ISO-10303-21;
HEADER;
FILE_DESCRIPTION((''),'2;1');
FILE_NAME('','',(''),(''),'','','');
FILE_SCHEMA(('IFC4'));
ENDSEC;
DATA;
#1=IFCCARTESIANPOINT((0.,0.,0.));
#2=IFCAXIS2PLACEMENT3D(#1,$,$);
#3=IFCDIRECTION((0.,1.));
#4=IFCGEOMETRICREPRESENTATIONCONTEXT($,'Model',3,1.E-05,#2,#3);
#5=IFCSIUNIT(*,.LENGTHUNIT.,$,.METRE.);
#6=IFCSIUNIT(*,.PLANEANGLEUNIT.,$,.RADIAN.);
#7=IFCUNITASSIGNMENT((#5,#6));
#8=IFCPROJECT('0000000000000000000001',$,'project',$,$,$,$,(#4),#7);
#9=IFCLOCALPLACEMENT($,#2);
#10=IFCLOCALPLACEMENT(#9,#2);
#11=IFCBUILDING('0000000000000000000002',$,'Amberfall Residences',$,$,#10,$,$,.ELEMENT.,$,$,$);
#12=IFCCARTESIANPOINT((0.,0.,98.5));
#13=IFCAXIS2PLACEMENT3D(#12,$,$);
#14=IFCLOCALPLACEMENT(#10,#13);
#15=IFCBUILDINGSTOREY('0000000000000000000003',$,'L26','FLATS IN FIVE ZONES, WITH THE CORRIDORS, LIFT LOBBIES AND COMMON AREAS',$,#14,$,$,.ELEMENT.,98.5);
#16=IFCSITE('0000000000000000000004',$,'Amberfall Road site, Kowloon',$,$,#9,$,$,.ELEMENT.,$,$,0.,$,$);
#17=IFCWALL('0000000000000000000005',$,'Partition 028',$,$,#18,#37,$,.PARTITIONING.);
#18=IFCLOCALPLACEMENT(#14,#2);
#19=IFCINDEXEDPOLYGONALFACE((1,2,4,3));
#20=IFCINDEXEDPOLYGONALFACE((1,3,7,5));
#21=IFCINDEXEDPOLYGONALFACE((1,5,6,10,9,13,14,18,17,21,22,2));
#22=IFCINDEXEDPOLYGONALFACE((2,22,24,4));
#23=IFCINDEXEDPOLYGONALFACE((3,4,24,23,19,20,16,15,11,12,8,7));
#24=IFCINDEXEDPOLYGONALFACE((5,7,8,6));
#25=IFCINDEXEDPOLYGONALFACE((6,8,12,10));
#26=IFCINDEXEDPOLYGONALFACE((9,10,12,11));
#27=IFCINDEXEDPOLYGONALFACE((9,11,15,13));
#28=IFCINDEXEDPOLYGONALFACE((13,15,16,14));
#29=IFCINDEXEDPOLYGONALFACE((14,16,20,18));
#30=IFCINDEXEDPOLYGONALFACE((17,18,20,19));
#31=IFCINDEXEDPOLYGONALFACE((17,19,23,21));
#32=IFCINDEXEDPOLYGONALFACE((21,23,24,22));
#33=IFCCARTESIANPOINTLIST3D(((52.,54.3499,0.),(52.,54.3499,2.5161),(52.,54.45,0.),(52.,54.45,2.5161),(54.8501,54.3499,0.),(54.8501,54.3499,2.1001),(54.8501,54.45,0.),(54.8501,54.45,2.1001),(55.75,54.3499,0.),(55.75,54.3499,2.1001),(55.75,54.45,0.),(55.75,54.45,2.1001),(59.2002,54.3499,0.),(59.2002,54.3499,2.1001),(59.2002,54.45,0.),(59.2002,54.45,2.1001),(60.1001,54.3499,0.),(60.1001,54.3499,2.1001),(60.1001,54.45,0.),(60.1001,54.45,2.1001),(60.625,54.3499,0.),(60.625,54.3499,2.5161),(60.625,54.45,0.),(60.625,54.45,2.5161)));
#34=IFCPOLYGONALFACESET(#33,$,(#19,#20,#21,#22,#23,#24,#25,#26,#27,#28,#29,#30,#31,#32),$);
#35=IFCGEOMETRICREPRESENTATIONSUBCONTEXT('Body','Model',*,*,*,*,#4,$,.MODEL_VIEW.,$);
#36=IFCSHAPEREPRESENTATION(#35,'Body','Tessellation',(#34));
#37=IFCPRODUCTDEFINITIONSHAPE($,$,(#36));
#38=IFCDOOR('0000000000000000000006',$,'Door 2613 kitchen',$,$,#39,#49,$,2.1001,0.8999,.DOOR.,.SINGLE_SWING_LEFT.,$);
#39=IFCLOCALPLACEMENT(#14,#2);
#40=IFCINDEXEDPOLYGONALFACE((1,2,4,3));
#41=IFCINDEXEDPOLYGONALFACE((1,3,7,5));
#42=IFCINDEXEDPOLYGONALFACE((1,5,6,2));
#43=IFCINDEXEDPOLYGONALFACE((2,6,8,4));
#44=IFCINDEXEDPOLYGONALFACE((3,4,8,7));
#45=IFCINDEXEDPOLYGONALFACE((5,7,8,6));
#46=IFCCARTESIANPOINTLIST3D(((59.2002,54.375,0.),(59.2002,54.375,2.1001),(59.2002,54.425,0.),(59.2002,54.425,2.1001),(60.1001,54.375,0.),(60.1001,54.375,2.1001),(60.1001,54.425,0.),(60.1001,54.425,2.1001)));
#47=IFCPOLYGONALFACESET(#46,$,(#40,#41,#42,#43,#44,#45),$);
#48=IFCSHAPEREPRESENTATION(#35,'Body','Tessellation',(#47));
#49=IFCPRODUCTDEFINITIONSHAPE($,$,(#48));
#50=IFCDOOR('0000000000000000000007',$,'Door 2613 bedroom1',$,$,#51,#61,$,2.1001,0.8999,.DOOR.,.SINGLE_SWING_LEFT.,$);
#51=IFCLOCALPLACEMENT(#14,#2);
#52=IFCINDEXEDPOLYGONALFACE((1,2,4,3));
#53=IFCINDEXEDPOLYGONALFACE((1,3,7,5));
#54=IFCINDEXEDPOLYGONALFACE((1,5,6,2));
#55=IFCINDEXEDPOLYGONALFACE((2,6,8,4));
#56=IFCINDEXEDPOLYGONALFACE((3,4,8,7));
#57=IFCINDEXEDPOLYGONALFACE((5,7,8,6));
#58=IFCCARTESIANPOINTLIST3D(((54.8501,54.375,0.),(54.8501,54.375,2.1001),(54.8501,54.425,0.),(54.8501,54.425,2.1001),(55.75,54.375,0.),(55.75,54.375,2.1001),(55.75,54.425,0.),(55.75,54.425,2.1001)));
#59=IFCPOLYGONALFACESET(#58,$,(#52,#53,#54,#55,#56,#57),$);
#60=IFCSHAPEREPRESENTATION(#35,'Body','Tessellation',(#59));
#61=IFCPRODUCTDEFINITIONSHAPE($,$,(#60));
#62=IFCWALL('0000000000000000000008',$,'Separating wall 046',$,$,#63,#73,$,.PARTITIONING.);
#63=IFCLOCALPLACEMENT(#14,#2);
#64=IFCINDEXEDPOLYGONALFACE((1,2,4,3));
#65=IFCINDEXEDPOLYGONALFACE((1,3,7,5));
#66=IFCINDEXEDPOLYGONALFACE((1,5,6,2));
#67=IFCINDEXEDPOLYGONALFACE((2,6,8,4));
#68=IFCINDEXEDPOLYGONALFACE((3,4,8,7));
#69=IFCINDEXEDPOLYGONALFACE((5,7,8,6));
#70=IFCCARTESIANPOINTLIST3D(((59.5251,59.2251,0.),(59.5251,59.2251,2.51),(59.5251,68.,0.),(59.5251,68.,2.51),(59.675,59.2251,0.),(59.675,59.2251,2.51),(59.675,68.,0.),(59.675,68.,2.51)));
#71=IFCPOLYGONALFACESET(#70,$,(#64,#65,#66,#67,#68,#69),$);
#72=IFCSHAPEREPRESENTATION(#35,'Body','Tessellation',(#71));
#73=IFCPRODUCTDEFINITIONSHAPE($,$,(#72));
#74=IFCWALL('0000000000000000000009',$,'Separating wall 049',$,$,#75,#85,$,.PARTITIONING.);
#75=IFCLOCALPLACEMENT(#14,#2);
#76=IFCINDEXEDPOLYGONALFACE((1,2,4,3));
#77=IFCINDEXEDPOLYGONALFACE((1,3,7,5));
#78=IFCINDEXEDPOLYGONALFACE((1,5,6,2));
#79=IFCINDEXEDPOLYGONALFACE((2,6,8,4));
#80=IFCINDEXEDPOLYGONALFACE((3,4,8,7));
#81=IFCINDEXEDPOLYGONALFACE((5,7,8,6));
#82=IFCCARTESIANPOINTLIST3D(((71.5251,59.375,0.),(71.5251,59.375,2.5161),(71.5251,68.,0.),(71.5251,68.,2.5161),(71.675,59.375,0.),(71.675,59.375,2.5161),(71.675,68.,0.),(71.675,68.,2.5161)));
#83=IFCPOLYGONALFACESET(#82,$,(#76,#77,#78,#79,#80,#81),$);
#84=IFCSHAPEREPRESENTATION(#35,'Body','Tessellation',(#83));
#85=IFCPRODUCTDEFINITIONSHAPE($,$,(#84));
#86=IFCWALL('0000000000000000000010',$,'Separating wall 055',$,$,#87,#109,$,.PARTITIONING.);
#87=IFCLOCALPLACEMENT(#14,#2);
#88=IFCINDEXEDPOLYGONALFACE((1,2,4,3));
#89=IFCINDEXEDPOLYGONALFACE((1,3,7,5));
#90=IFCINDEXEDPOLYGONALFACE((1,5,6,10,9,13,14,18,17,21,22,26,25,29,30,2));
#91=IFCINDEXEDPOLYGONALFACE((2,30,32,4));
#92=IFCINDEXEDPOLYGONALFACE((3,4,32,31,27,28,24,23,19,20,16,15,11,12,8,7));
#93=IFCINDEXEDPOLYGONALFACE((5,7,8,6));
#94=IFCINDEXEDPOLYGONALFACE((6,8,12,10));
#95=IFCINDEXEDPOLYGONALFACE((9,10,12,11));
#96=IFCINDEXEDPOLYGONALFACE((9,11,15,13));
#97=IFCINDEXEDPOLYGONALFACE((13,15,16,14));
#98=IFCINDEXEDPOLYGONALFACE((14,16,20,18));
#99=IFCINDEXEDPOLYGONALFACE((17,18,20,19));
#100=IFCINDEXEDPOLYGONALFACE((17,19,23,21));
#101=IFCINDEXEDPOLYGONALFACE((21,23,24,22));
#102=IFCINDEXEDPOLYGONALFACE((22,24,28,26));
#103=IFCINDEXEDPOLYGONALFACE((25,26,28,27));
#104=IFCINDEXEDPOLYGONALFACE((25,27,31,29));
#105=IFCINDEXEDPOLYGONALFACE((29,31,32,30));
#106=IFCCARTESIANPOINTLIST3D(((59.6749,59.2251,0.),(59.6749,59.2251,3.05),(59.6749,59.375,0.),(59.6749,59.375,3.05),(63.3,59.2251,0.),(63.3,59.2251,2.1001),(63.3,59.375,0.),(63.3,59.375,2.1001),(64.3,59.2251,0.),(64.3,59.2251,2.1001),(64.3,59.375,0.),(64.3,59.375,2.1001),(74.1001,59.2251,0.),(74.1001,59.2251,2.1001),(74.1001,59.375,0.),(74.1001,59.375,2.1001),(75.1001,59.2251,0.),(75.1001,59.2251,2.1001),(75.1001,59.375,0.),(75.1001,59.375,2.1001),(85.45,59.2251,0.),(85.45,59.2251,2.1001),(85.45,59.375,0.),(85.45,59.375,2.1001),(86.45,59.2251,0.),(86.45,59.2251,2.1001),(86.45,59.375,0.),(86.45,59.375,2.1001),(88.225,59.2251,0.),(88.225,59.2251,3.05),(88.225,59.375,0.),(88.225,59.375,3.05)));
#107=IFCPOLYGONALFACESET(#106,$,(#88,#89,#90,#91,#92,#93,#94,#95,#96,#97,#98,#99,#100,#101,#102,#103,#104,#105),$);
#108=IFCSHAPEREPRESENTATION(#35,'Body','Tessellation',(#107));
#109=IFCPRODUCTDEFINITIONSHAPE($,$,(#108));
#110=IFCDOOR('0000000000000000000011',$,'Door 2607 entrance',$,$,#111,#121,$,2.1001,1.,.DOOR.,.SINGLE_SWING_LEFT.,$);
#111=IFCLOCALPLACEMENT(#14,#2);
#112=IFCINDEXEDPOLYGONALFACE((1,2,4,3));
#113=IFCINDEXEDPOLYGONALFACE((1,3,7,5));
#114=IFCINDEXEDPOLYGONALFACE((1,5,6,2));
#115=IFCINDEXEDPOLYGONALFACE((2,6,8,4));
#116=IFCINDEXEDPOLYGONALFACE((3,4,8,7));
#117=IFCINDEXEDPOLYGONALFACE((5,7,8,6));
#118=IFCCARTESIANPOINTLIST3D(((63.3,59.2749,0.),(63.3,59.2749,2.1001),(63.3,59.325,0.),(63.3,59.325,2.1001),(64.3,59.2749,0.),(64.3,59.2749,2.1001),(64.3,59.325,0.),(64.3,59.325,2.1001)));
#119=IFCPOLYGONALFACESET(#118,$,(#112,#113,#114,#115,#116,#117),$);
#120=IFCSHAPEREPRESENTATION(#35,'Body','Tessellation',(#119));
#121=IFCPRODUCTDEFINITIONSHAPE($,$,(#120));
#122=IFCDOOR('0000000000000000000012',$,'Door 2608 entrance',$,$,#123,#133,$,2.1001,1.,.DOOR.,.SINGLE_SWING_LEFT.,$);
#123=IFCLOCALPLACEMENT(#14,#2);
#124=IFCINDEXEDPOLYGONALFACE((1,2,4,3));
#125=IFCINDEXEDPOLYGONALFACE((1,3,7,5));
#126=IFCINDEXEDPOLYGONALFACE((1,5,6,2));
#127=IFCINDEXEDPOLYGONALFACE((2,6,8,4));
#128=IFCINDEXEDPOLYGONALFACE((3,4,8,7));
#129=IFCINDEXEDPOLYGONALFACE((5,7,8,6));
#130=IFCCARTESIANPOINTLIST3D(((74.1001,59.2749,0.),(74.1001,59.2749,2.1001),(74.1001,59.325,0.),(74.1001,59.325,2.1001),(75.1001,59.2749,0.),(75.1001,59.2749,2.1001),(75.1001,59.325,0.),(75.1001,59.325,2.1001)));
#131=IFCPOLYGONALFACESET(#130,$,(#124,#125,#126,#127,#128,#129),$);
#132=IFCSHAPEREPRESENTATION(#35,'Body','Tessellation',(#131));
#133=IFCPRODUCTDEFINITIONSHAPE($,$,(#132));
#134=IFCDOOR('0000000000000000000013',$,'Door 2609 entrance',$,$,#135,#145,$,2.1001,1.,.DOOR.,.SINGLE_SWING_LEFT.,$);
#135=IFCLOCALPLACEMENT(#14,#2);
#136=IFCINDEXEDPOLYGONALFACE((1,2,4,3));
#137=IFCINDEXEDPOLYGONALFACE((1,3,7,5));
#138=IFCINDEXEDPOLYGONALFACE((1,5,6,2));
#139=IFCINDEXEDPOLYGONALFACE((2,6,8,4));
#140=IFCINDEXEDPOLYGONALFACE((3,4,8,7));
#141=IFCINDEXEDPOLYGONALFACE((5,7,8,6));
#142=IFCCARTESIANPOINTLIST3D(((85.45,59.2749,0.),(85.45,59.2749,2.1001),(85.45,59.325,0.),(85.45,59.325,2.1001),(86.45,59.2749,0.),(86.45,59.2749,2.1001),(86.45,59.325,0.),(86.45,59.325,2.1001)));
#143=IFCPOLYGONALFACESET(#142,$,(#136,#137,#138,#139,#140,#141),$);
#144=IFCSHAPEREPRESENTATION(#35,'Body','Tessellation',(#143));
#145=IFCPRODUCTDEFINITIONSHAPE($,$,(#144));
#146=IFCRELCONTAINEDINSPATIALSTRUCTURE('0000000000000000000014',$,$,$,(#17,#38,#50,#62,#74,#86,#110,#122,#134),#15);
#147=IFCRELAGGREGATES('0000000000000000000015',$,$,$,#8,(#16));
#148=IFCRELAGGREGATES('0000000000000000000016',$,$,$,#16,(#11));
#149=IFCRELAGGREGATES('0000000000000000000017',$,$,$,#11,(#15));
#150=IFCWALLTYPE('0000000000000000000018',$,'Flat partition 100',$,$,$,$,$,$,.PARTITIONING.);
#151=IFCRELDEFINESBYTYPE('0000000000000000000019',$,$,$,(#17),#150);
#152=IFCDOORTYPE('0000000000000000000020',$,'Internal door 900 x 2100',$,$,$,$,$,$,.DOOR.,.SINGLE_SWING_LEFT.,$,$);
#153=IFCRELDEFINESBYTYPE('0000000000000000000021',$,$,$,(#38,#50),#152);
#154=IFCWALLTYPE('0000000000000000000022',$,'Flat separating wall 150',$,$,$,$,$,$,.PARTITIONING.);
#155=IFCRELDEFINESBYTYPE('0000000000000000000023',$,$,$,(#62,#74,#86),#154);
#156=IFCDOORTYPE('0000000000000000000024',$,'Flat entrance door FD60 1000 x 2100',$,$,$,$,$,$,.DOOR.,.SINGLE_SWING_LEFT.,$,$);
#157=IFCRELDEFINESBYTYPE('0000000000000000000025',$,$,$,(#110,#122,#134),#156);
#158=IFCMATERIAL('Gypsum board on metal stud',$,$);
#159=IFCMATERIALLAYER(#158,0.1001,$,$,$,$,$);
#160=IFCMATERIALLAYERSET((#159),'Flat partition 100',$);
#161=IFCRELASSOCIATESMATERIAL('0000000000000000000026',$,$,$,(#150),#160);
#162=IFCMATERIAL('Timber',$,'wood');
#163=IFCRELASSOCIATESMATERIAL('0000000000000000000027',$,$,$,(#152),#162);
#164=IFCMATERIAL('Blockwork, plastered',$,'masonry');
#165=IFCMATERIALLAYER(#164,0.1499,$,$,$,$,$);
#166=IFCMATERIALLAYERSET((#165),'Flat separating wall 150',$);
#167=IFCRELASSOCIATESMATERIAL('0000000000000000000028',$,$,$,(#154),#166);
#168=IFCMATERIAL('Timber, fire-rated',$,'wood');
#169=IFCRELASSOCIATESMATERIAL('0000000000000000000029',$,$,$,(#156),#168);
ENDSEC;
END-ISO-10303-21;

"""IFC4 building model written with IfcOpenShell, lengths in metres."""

from ifc_helpers import new_model, si_unit, direction, frame, frame_2d, origin, place, context, subcontext, project, spatial, rectangle, extrude, material, layer, layer_set, type_object, element, fill, save


model = new_model("IFC4")

# Units and contexts
model_context = context("Model", 3, precision=1e-05, world=origin(), true_north=direction((0.0, 1.0)))
body_context = subcontext(model_context, "Body", "Model", "MODEL_VIEW")
ifc_project = project(units=[si_unit("LENGTHUNIT", "METRE"), si_unit("PLANEANGLEUNIT", "RADIAN")], contexts=[model_context])

# Site, building, storey
site_placement = place(None, origin())
site = spatial("IfcSite", under=ifc_project, at=site_placement, Name="Amberfall Road site, Kowloon", CompositionType="ELEMENT", RefElevation=0.0)
building_placement = place(site_placement, origin())
building = spatial("IfcBuilding", under=site, at=building_placement, Name="Amberfall Residences", CompositionType="ELEMENT")
storey_placement = place(building_placement, frame((0.0, 0.0, 98.5)))
storey = spatial("IfcBuildingStorey", under=building, at=storey_placement, Name="L26", Description="FLATS IN FIVE ZONES, WITH THE CORRIDORS, LIFT LOBBIES AND COMMON AREAS", CompositionType="ELEMENT", Elevation=98.5)

# Shared definitions
ifc_material_1 = material(Name="Gypsum board on metal stud")
ifc_layer_1 = layer(ifc_material_1, 0.1001)
ifc_layer_set_1 = layer_set([ifc_layer_1], Name="Flat partition 100")
wall_type_1 = type_object("IfcWallType", Name="Flat partition 100", PredefinedType="PARTITIONING", material=ifc_layer_set_1)
ifc_material_2 = material(Name="Timber", Category="wood")
door_type_1 = type_object("IfcDoorType", Name="Internal door 900 x 2100", OperationType="SINGLE_SWING_LEFT", PredefinedType="DOOR", material=ifc_material_2)

# Wall, openings, doors
wall_1_placement = place(storey_placement, frame((60.625, 54.3999, 0.0), z_axis=(0.0, 0.0, 1.0), x_axis=(-1.0, 0.0, 0.0)))
wall_1 = element("IfcWall", 1, at=wall_1_placement, inside=storey, type_object=wall_type_1, Name="Partition 028", PredefinedType="PARTITIONING", context=body_context, shape_type="SweptSolid", body=[
    extrude(rectangle(XDim=8.625, YDim=0.1001, at=frame_2d((4.3125, 0.0))), origin(), (0.0, 0.0, 1.0), 2.5161),
])
opening_1_placement = place(wall_1_placement, frame((0.5249, 0.0, 0.0)))
opening_1 = element("IfcOpeningElement", 2, at=opening_1_placement, cuts=wall_1, PredefinedType="OPENING", context=body_context, shape_type="SweptSolid", body=[
    extrude(rectangle(XDim=0.8999, YDim=2.1001, at=frame_2d((0.45, 1.05))), frame((0.0, 0.0601, 0.0), z_axis=(0.0, -1.0, 0.0), x_axis=(1.0, 0.0, 0.0)), (0.0, 0.0, 1.0), 0.1201),
])
opening_2_placement = place(wall_1_placement, frame((4.875, 0.0, 0.0)))
opening_2 = element("IfcOpeningElement", 3, at=opening_2_placement, cuts=wall_1, PredefinedType="OPENING", context=body_context, shape_type="SweptSolid", body=[
    extrude(rectangle(XDim=0.8999, YDim=2.1001, at=frame_2d((0.45, 1.05))), frame((0.0, 0.0601, 0.0), z_axis=(0.0, -1.0, 0.0), x_axis=(1.0, 0.0, 0.0)), (0.0, 0.0, 1.0), 0.1201),
])
door_1_placement = place(opening_1_placement, origin())
door_1 = element("IfcDoor", 4, at=door_1_placement, inside=storey, type_object=door_type_1, Name="Door 2613 kitchen", OperationType="SINGLE_SWING_LEFT", OverallHeight=2.1001, OverallWidth=0.8999, PredefinedType="DOOR", context=body_context, shape_type="SweptSolid", body=[
    extrude(rectangle(XDim=0.8999, YDim=2.1001, at=frame_2d((0.45, 1.05))), frame((0.0, 0.0249, 0.0), z_axis=(0.0, -1.0, 0.0), x_axis=(1.0, 0.0, 0.0)), (0.0, 0.0, 1.0), 0.05),
])
fill(opening_1, door_1)
door_2_placement = place(opening_2_placement, origin())
door_2 = element("IfcDoor", 5, at=door_2_placement, inside=storey, type_object=door_type_1, Name="Door 2613 bedroom1", OperationType="SINGLE_SWING_LEFT", OverallHeight=2.1001, OverallWidth=0.8999, PredefinedType="DOOR", context=body_context, shape_type="SweptSolid", body=[
    extrude(rectangle(XDim=0.8999, YDim=2.1001, at=frame_2d((0.45, 1.05))), frame((0.0, 0.0249, 0.0), z_axis=(0.0, -1.0, 0.0), x_axis=(1.0, 0.0, 0.0)), (0.0, 0.0, 1.0), 0.05),
])
fill(opening_2, door_2)

# Walls
ifc_material_3 = material(Name="Blockwork, plastered", Category="masonry")
ifc_layer_2 = layer(ifc_material_3, 0.1499)
ifc_layer_set_2 = layer_set([ifc_layer_2], Name="Flat separating wall 150")
wall_type_2 = type_object("IfcWallType", Name="Flat separating wall 150", PredefinedType="PARTITIONING", material=ifc_layer_set_2)
wall_2_placement = place(storey_placement, frame((59.6001, 59.2251, 0.0), z_axis=(0.0, 0.0, 1.0), x_axis=(0.0, 1.0, 0.0)))
element("IfcWall", 6, at=wall_2_placement, inside=storey, type_object=wall_type_2, Name="Separating wall 046", PredefinedType="PARTITIONING", context=body_context, shape_type="SweptSolid", body=[
    extrude(rectangle(XDim=8.7749, YDim=0.1499, at=frame_2d((4.3875, 0.0))), origin(), (0.0, 0.0, 1.0), 2.51),
])
wall_3_placement = place(storey_placement, frame((71.6001, 59.375, 0.0), z_axis=(0.0, 0.0, 1.0), x_axis=(0.0, 1.0, 0.0)))
element("IfcWall", 7, at=wall_3_placement, inside=storey, type_object=wall_type_2, Name="Separating wall 049", PredefinedType="PARTITIONING", context=body_context, shape_type="SweptSolid", body=[
    extrude(rectangle(XDim=8.625, YDim=0.1499, at=frame_2d((4.3125, 0.0))), origin(), (0.0, 0.0, 1.0), 2.5161),
])

# Wall, openings, doors
wall_4_placement = place(storey_placement, frame((59.675, 59.3, 0.0), z_axis=(0.0, 0.0, 1.0), x_axis=(1.0, 0.0, 0.0)))
wall_4 = element("IfcWall", 8, at=wall_4_placement, inside=storey, type_object=wall_type_2, Name="Separating wall 055", PredefinedType="PARTITIONING", context=body_context, shape_type="SweptSolid", body=[
    extrude(rectangle(XDim=28.55, YDim=0.1499, at=frame_2d((14.2749, 0.0))), origin(), (0.0, 0.0, 1.0), 3.05),
])
opening_3_placement = place(wall_4_placement, frame((3.625, 0.0, 0.0)))
opening_3 = element("IfcOpeningElement", 9, at=opening_3_placement, cuts=wall_4, PredefinedType="OPENING", context=body_context, shape_type="SweptSolid", body=[
    extrude(rectangle(XDim=1.0, YDim=2.1001, at=frame_2d((0.5, 1.05))), frame((0.0, 0.085, 0.0), z_axis=(0.0, -1.0, 0.0), x_axis=(1.0, 0.0, 0.0)), (0.0, 0.0, 1.0), 0.1699),
])
opening_4_placement = place(wall_4_placement, frame((14.425, 0.0, 0.0)))
opening_4 = element("IfcOpeningElement", 10, at=opening_4_placement, cuts=wall_4, PredefinedType="OPENING", context=body_context, shape_type="SweptSolid", body=[
    extrude(rectangle(XDim=1.0, YDim=2.1001, at=frame_2d((0.5, 1.05))), frame((0.0, 0.085, 0.0), z_axis=(0.0, -1.0, 0.0), x_axis=(1.0, 0.0, 0.0)), (0.0, 0.0, 1.0), 0.1699),
])
opening_5_placement = place(wall_4_placement, frame((25.7749, 0.0, 0.0)))
opening_5 = element("IfcOpeningElement", 11, at=opening_5_placement, cuts=wall_4, PredefinedType="OPENING", context=body_context, shape_type="SweptSolid", body=[
    extrude(rectangle(XDim=1.0, YDim=2.1001, at=frame_2d((0.5, 1.05))), frame((0.0, 0.085, 0.0), z_axis=(0.0, -1.0, 0.0), x_axis=(1.0, 0.0, 0.0)), (0.0, 0.0, 1.0), 0.1699),
])
ifc_material_4 = material(Name="Timber, fire-rated", Category="wood")
door_type_2 = type_object("IfcDoorType", Name="Flat entrance door FD60 1000 x 2100", OperationType="SINGLE_SWING_LEFT", PredefinedType="DOOR", material=ifc_material_4)
door_3_placement = place(opening_3_placement, origin())
door_3 = element("IfcDoor", 12, at=door_3_placement, inside=storey, type_object=door_type_2, Name="Door 2607 entrance", OperationType="SINGLE_SWING_LEFT", OverallHeight=2.1001, OverallWidth=1.0, PredefinedType="DOOR", context=body_context, shape_type="SweptSolid", body=[
    extrude(rectangle(XDim=1.0, YDim=2.1001, at=frame_2d((0.5, 1.05))), frame((0.0, 0.0249, 0.0), z_axis=(0.0, -1.0, 0.0), x_axis=(1.0, 0.0, 0.0)), (0.0, 0.0, 1.0), 0.05),
])
fill(opening_3, door_3)
door_4_placement = place(opening_4_placement, origin())
door_4 = element("IfcDoor", 13, at=door_4_placement, inside=storey, type_object=door_type_2, Name="Door 2608 entrance", OperationType="SINGLE_SWING_LEFT", OverallHeight=2.1001, OverallWidth=1.0, PredefinedType="DOOR", context=body_context, shape_type="SweptSolid", body=[
    extrude(rectangle(XDim=1.0, YDim=2.1001, at=frame_2d((0.5, 1.05))), frame((0.0, 0.0249, 0.0), z_axis=(0.0, -1.0, 0.0), x_axis=(1.0, 0.0, 0.0)), (0.0, 0.0, 1.0), 0.05),
])
fill(opening_4, door_4)
door_5_placement = place(opening_5_placement, origin())
door_5 = element("IfcDoor", 14, at=door_5_placement, inside=storey, type_object=door_type_2, Name="Door 2609 entrance", OperationType="SINGLE_SWING_LEFT", OverallHeight=2.1001, OverallWidth=1.0, PredefinedType="DOOR", context=body_context, shape_type="SweptSolid", body=[
    extrude(rectangle(XDim=1.0, YDim=2.1001, at=frame_2d((0.5, 1.05))), frame((0.0, 0.0249, 0.0), z_axis=(0.0, -1.0, 0.0), x_axis=(1.0, 0.0, 0.0)), (0.0, 0.0, 1.0), 0.05),
])
fill(opening_5, door_5)

save(model, "model.ifc")
